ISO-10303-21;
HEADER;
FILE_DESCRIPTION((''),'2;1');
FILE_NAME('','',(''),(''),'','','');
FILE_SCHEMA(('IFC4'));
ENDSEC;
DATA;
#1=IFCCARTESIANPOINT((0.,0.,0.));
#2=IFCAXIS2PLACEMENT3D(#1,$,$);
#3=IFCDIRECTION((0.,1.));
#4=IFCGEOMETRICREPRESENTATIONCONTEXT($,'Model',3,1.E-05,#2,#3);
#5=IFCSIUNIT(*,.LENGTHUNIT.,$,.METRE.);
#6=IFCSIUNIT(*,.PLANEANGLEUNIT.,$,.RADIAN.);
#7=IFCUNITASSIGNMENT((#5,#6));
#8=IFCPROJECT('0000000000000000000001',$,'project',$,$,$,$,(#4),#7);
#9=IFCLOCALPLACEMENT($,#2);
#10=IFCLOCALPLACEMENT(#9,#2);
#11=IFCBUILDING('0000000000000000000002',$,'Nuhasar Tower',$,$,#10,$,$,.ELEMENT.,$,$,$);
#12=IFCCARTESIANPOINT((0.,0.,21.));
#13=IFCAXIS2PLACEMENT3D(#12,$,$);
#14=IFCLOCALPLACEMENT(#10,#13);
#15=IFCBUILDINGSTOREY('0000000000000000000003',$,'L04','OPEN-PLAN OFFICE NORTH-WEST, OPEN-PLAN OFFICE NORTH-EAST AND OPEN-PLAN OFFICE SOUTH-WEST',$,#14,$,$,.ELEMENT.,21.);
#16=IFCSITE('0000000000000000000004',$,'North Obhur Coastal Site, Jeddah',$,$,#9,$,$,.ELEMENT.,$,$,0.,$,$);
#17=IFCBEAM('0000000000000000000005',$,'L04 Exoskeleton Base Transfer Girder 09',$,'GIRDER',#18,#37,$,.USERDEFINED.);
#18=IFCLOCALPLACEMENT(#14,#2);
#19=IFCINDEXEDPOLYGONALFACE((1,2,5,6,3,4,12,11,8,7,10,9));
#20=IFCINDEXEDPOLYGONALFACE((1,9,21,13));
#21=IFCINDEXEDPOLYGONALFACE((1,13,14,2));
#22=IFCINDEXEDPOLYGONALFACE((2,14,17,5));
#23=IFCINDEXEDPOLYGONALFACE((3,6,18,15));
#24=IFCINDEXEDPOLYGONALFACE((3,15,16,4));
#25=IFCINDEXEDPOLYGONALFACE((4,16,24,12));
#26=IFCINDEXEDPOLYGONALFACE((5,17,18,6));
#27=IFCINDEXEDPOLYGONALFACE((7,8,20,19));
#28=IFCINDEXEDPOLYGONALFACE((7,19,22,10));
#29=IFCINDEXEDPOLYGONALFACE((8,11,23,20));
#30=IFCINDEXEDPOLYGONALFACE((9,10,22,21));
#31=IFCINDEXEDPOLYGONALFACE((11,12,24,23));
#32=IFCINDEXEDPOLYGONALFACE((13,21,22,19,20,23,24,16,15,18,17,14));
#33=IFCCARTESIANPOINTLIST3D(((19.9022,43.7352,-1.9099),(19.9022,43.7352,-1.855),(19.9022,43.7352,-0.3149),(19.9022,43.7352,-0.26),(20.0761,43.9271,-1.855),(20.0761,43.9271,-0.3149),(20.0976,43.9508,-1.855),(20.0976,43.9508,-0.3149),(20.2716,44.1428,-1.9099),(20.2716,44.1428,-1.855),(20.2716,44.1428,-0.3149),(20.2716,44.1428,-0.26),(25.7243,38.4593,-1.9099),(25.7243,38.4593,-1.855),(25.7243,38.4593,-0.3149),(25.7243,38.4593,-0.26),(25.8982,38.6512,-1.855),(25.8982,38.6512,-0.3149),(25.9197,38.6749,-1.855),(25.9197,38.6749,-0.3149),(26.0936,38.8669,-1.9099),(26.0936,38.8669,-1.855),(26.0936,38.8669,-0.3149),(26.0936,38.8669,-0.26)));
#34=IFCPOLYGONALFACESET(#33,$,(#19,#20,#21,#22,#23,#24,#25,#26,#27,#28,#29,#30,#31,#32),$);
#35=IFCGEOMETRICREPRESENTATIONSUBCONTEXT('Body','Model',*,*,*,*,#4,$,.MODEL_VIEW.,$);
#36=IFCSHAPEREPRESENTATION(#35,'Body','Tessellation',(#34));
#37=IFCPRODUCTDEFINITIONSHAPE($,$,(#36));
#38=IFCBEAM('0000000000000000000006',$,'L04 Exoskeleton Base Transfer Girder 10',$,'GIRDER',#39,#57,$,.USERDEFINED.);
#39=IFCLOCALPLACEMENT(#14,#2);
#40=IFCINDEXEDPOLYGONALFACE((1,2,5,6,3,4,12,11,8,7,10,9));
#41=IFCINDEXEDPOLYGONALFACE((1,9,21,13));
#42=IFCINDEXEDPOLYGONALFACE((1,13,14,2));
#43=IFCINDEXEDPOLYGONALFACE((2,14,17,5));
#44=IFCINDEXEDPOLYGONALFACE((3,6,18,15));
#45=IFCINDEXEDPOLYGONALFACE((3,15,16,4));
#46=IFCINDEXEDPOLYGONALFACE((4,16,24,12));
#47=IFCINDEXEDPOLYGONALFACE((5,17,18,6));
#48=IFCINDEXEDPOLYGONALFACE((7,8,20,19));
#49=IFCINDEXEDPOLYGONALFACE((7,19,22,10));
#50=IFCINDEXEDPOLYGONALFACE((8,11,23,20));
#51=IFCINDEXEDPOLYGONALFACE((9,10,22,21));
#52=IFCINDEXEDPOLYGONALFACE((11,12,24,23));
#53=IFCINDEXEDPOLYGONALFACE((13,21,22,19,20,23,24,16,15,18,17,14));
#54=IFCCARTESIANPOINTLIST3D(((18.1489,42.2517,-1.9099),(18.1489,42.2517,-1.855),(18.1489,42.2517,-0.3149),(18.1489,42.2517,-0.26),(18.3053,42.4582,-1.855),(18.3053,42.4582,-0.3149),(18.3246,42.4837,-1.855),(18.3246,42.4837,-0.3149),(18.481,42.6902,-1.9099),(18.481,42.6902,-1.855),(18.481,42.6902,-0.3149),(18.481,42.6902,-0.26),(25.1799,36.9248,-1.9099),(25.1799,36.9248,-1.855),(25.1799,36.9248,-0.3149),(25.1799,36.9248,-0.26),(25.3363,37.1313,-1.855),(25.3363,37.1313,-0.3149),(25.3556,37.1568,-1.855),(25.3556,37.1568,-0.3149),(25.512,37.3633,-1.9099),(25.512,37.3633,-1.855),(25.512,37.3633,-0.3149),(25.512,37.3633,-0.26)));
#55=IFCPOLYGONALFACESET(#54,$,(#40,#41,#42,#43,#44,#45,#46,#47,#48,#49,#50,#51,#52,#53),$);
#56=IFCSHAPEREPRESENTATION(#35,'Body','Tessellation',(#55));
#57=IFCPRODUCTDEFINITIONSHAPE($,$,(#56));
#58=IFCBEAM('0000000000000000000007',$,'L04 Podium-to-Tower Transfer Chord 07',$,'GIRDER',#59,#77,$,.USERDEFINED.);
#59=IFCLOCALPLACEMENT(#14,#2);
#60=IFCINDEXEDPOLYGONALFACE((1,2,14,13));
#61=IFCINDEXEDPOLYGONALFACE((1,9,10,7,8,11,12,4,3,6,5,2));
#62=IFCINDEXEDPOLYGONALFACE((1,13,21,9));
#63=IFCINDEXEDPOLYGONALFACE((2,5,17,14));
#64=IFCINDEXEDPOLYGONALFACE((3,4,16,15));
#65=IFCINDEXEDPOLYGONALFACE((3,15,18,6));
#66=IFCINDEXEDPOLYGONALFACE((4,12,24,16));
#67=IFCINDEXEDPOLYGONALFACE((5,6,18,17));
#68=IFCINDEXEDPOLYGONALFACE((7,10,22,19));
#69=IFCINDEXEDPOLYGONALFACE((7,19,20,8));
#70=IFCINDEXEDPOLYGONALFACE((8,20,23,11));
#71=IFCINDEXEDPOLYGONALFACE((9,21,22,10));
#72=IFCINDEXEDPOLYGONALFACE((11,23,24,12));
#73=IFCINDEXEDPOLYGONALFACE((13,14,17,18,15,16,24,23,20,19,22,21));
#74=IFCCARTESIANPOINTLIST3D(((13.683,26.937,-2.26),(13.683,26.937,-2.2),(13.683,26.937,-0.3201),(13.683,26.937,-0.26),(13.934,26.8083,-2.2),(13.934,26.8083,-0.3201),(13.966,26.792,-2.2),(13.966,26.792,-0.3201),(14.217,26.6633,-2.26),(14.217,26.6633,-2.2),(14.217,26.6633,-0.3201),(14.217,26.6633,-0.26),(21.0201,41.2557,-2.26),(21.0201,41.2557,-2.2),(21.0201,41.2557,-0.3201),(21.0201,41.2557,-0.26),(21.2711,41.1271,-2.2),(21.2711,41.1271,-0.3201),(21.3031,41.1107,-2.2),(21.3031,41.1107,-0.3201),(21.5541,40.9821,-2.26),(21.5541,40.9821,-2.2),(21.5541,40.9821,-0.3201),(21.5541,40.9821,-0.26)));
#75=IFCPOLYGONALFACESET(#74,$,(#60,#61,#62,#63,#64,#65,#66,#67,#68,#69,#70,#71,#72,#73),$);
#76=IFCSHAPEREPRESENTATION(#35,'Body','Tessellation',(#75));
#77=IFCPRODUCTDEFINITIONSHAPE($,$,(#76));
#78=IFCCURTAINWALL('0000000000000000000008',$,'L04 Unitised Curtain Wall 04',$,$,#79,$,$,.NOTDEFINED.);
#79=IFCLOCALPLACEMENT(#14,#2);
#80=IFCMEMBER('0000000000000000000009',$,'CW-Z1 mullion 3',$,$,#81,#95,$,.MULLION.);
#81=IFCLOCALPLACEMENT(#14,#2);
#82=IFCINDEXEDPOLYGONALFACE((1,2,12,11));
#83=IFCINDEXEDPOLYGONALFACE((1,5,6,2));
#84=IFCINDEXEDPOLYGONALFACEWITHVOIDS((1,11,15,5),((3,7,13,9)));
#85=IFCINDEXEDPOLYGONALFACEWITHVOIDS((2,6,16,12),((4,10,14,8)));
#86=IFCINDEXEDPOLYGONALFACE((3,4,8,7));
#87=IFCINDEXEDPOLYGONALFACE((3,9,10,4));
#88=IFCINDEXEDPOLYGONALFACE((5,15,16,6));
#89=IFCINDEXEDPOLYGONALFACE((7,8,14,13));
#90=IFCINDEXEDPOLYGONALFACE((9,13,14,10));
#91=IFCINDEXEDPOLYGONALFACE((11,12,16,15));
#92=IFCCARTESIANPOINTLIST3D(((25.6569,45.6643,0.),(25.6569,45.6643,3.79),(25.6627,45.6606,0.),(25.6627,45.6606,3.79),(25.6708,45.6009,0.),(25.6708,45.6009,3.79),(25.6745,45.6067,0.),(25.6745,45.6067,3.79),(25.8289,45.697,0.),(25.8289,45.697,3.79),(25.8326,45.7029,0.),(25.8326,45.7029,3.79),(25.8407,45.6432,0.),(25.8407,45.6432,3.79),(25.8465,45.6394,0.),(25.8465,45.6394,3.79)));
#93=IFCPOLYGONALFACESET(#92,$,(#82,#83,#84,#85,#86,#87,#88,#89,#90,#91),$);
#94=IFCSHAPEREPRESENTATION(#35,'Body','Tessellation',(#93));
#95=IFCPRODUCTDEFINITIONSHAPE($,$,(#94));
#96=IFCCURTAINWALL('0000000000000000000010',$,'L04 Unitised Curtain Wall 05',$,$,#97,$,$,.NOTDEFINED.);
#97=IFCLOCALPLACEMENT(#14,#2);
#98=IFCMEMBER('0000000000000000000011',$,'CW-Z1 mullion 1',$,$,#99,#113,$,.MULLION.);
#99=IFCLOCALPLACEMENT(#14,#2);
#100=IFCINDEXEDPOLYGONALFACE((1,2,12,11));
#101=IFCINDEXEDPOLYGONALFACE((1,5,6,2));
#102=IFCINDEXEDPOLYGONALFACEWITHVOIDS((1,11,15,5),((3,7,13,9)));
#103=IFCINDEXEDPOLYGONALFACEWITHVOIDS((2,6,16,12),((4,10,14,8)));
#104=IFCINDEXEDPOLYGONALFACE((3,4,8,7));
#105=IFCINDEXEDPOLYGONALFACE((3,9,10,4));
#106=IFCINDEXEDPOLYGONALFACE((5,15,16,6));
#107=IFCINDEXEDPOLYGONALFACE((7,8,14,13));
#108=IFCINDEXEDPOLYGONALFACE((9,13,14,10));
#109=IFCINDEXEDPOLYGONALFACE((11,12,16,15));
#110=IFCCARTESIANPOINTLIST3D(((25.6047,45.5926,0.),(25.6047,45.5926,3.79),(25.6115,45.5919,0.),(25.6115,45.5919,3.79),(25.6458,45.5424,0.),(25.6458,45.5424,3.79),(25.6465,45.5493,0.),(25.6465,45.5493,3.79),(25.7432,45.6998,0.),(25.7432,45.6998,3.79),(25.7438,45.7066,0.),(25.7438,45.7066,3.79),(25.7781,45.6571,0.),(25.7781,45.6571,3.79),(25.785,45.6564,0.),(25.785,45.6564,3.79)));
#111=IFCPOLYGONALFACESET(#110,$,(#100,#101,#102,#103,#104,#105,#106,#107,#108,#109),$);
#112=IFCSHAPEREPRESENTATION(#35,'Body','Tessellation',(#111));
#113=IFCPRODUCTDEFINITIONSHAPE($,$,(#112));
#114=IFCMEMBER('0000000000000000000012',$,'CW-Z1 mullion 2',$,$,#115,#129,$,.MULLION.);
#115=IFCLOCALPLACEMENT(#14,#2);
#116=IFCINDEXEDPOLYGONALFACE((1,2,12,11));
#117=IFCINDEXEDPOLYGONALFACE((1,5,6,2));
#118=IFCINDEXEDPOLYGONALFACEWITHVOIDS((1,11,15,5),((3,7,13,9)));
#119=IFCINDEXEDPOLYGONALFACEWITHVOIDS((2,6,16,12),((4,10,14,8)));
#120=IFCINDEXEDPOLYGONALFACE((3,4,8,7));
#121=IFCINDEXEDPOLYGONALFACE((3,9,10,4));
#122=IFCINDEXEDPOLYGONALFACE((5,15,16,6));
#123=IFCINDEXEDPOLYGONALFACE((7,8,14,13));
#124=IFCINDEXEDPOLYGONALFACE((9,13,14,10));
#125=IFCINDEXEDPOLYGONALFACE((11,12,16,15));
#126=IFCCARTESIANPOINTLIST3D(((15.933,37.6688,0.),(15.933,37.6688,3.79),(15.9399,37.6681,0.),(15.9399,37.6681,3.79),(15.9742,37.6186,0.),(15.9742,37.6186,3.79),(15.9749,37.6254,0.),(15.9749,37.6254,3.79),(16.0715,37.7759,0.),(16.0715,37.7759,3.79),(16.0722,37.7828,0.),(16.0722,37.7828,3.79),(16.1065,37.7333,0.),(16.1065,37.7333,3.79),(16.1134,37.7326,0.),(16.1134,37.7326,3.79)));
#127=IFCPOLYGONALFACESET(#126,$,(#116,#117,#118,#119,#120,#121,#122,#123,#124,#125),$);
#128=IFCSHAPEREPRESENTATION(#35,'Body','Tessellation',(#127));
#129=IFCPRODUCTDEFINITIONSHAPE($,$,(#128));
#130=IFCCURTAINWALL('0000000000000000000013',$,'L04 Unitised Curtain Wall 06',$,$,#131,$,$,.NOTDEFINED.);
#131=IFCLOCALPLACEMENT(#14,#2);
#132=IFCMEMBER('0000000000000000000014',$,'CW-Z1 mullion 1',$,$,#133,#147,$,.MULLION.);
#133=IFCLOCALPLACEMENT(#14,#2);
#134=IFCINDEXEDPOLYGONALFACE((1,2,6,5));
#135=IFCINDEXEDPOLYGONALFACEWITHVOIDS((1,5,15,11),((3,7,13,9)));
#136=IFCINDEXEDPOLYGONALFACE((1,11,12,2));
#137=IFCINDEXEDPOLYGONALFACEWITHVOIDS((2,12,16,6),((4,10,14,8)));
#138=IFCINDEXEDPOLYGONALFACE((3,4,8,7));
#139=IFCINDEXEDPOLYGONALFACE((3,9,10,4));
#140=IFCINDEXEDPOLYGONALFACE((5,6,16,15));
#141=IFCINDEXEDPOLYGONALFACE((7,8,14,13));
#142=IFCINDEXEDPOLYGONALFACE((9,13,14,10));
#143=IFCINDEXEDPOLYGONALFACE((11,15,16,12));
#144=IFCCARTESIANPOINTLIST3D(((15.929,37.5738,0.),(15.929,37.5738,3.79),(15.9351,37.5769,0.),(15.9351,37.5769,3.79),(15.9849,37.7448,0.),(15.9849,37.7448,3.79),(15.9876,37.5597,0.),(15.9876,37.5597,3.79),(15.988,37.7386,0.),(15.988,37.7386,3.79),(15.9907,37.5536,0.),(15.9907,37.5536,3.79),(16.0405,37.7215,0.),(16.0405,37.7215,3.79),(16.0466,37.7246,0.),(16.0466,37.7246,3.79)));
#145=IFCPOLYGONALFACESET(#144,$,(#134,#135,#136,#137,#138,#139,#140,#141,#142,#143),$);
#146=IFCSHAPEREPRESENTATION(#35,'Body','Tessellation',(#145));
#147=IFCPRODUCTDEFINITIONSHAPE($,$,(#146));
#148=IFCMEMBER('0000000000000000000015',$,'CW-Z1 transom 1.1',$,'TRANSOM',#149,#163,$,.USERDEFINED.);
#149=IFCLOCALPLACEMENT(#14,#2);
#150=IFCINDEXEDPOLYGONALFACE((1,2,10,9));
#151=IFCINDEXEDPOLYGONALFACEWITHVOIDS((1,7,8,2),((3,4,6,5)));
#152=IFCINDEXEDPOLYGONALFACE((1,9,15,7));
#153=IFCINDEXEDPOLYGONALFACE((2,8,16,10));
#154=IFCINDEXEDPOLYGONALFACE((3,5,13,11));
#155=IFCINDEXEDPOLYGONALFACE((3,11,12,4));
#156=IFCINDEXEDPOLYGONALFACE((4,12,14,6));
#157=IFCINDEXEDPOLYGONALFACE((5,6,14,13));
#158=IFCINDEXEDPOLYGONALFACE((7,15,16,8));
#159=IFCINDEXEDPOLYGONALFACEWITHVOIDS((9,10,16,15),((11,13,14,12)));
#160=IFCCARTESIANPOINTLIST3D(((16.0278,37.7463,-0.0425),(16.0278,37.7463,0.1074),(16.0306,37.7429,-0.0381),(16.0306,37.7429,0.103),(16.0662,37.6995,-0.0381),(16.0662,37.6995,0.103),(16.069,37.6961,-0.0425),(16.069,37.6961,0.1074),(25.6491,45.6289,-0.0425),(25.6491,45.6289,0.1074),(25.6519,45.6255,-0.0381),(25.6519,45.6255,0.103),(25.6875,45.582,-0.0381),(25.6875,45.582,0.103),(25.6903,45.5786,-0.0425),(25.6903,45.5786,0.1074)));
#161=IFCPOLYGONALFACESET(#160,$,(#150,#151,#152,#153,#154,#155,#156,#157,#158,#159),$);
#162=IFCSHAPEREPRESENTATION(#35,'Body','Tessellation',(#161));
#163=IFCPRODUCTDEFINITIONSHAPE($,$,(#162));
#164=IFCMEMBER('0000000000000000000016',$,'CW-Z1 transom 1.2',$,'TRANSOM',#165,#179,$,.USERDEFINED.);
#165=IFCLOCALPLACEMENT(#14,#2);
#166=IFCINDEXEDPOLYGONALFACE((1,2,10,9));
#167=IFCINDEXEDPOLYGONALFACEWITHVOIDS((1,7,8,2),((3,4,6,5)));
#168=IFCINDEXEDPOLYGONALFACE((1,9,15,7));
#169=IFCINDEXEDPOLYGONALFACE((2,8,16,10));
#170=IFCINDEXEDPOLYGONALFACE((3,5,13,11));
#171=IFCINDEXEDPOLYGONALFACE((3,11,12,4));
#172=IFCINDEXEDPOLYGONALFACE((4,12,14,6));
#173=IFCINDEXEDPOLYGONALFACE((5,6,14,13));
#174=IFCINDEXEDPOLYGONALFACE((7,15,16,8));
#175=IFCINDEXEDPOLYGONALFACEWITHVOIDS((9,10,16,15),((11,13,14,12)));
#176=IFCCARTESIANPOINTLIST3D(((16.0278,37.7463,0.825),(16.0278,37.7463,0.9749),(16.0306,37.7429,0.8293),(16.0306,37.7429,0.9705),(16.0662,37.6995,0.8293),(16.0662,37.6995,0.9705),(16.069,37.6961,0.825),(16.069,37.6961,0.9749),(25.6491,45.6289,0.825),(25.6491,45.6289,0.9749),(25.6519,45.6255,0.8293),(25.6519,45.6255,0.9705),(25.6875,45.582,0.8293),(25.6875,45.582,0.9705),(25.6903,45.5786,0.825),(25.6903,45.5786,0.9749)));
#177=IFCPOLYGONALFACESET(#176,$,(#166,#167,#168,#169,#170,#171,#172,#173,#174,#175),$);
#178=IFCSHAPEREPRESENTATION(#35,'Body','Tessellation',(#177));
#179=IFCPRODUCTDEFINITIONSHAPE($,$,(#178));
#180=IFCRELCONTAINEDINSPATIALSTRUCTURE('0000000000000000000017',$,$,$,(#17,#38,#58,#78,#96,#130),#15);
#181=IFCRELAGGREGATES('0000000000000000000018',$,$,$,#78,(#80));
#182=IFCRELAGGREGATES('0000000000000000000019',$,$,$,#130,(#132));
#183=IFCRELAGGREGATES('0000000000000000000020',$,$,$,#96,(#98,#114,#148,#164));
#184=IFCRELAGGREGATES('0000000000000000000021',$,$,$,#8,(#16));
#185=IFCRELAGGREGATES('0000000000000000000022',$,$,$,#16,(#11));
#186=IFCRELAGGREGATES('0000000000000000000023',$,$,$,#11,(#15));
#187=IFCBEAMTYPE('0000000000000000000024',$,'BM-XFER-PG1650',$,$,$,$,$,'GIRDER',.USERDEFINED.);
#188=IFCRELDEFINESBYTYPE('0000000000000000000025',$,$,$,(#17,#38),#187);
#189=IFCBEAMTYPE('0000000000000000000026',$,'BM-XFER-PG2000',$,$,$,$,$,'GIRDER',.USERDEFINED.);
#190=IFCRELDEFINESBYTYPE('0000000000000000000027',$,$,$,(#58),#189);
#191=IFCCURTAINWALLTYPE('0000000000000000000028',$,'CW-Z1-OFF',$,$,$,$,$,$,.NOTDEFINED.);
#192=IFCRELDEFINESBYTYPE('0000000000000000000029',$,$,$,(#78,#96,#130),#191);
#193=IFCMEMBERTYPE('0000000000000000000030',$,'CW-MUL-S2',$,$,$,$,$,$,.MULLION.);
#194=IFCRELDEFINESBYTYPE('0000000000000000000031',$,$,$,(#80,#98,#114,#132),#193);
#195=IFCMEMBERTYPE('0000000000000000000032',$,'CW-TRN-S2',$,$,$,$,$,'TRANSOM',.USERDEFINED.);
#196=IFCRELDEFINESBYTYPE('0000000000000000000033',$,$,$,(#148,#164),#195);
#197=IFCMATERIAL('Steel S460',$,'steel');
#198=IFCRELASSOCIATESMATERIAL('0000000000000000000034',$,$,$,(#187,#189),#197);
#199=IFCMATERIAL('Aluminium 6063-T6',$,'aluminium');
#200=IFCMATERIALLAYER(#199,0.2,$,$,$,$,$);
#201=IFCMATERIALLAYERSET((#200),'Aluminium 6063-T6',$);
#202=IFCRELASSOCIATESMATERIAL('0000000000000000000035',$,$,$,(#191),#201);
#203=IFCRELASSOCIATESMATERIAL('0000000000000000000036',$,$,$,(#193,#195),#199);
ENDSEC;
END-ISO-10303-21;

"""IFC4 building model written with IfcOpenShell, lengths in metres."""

from ifc_helpers import new_model, si_unit, direction, frame, origin, origin_2d, place, context, subcontext, project, spatial, hollow_rectangle, i_section, extrude, material, layer, layer_set, material_profile, profile_set, type_object, element, aggregate, save


model = new_model("IFC4")

# Units and contexts
model_context = context("Model", 3, precision=1e-05, world=origin(), true_north=direction((0.0, 1.0)))
body_context = subcontext(model_context, "Body", "Model", "MODEL_VIEW")
ifc_project = project(units=[si_unit("LENGTHUNIT", "METRE"), si_unit("PLANEANGLEUNIT", "RADIAN")], contexts=[model_context])

# Site, building, storey
site_placement = place(None, origin())
site = spatial("IfcSite", under=ifc_project, at=site_placement, Name="North Obhur Coastal Site, Jeddah", CompositionType="ELEMENT", RefElevation=0.0)
building_placement = place(site_placement, origin())
building = spatial("IfcBuilding", under=site, at=building_placement, Name="Nuhasar Tower", CompositionType="ELEMENT")
storey_placement = place(building_placement, frame((0.0, 0.0, 21.0)))
storey = spatial("IfcBuildingStorey", under=building, at=storey_placement, Name="L04", Description="OPEN-PLAN OFFICE NORTH-WEST, OPEN-PLAN OFFICE NORTH-EAST AND OPEN-PLAN OFFICE SOUTH-WEST", CompositionType="ELEMENT", Elevation=21.0)

# Beams
ifc_material_1 = material(Name="Steel S460", Category="steel")
ifc_material_profile_1 = material_profile(ifc_material_1, i_section(OverallWidth=0.55, OverallDepth=1.6499, WebThickness=0.032, FlangeThickness=0.0549, at=origin_2d()), Name="PG1650X550")
ifc_profile_set_1 = profile_set([ifc_material_profile_1], Name="Steel S460")
beam_type_1 = type_object("IfcBeamType", Name="BM-XFER-PG1650", ElementType="GIRDER", PredefinedType="USERDEFINED", material=ifc_profile_set_1)
beam_1_placement = place(storey_placement, frame((25.9089, 38.6631, -1.085), z_axis=(-0.741008, 0.671496, 0.0), x_axis=(-0.671496, -0.741008, 0.0)))
element("IfcBeam", 1, at=beam_1_placement, inside=storey, type_object=beam_type_1, Name="L04 Exoskeleton Base Transfer Girder 09", ObjectType="GIRDER", PredefinedType="USERDEFINED", context=body_context, shape_type="SweptSolid", body=[
    extrude(i_section(OverallWidth=0.55, OverallDepth=1.6499, WebThickness=0.032, FlangeThickness=0.0549, at=origin_2d()), origin(), (0.0, 0.0, 1.0), 7.8569),
])
beam_2_placement = place(storey_placement, frame((25.3459, 37.144, -1.085), z_axis=(-0.797071, 0.603885, 0.0), x_axis=(-0.603885, -0.797071, 0.0)))
element("IfcBeam", 2, at=beam_2_placement, inside=storey, type_object=beam_type_1, Name="L04 Exoskeleton Base Transfer Girder 10", ObjectType="GIRDER", PredefinedType="USERDEFINED", context=body_context, shape_type="SweptSolid", body=[
    extrude(i_section(OverallWidth=0.55, OverallDepth=1.6499, WebThickness=0.032, FlangeThickness=0.0549, at=origin_2d()), origin(), (0.0, 0.0, 1.0), 8.821),
])
ifc_material_profile_2 = material_profile(ifc_material_1, i_section(OverallWidth=0.6001, OverallDepth=2.0, WebThickness=0.0359, FlangeThickness=0.0601, at=origin_2d()), Name="PG2000X600")
ifc_profile_set_2 = profile_set([ifc_material_profile_2], Name="Steel S460")
beam_type_2 = type_object("IfcBeamType", Name="BM-XFER-PG2000", ElementType="GIRDER", PredefinedType="USERDEFINED", material=ifc_profile_set_2)
beam_3_placement = place(storey_placement, frame((21.2871, 41.1189, -1.26), z_axis=(-0.456029, -0.889965, 0.0), x_axis=(0.889965, -0.456029, 0.0)))
element("IfcBeam", 3, at=beam_3_placement, inside=storey, type_object=beam_type_2, Name="L04 Podium-to-Tower Transfer Chord 07", ObjectType="GIRDER", PredefinedType="USERDEFINED", context=body_context, shape_type="SweptSolid", body=[
    extrude(i_section(OverallWidth=0.6001, OverallDepth=2.0, WebThickness=0.0359, FlangeThickness=0.0601, at=origin_2d()), origin(), (0.0, 0.0, 1.0), 16.0891),
])

# Curtain wall, member
ifc_material_2 = material(Name="Aluminium 6063-T6", Category="aluminium")
ifc_layer_1 = layer(ifc_material_2, 0.2)
ifc_layer_set_1 = layer_set([ifc_layer_1], Name="Aluminium 6063-T6")
curtain_wall_type = type_object("IfcCurtainWallType", Name="CW-Z1-OFF", PredefinedType="NOTDEFINED", material=ifc_layer_set_1)
curtain_wall_1_placement = place(storey_placement, origin())
curtain_wall_1 = element("IfcCurtainWall", 4, at=curtain_wall_1_placement, inside=storey, type_object=curtain_wall_type, Name="L04 Unitised Curtain Wall 04", PredefinedType="NOTDEFINED")
ifc_material_profile_3 = material_profile(ifc_material_2, hollow_rectangle(XDim=0.0649, YDim=0.1799, WallThickness=0.0049, at=origin_2d()), Name="CWM-2")
ifc_profile_set_3 = profile_set([ifc_material_profile_3], Name="Aluminium 6063-T6")
member_type_1 = type_object("IfcMemberType", Name="CW-MUL-S2", PredefinedType="MULLION", material=ifc_profile_set_3)
member_1_placement = place(storey_placement, frame((25.7517, 45.6519, 0.0), z_axis=(0.0, 0.0, 1.0), x_axis=(0.214399, -0.976746, 0.0)))
member_1 = element("IfcMember", 5, at=member_1_placement, type_object=member_type_1, Name="CW-Z1 mullion 3", PredefinedType="MULLION", context=body_context, shape_type="SweptSolid", body=[
    extrude(hollow_rectangle(XDim=0.0649, YDim=0.1799, WallThickness=0.0049, at=origin_2d()), origin(), (0.0, 0.0, 1.0), 3.79),
])
aggregate(curtain_wall_1, [member_1])

# Curtain wall, members
curtain_wall_2_placement = place(storey_placement, origin())
curtain_wall_2 = element("IfcCurtainWall", 6, at=curtain_wall_2_placement, inside=storey, type_object=curtain_wall_type, Name="L04 Unitised Curtain Wall 05", PredefinedType="NOTDEFINED")
member_2_placement = place(storey_placement, frame((25.6948, 45.6245, 0.0), z_axis=(0.0, 0.0, 1.0), x_axis=(0.633745, -0.773542, 0.0)))
member_2 = element("IfcMember", 7, at=member_2_placement, type_object=member_type_1, Name="CW-Z1 mullion 1", PredefinedType="MULLION", context=body_context, shape_type="SweptSolid", body=[
    extrude(hollow_rectangle(XDim=0.0649, YDim=0.1799, WallThickness=0.0049, at=origin_2d()), origin(), (0.0, 0.0, 1.0), 3.79),
])
member_3_placement = place(storey_placement, frame((16.0232, 37.7007, 0.0), z_axis=(0.0, 0.0, 1.0), x_axis=(0.633745, -0.773542, 0.0)))
member_3 = element("IfcMember", 8, at=member_3_placement, type_object=member_type_1, Name="CW-Z1 mullion 2", PredefinedType="MULLION", context=body_context, shape_type="SweptSolid", body=[
    extrude(hollow_rectangle(XDim=0.0649, YDim=0.1799, WallThickness=0.0049, at=origin_2d()), origin(), (0.0, 0.0, 1.0), 3.79),
])

# Curtain wall, member
curtain_wall_3_placement = place(storey_placement, origin())
curtain_wall_3 = element("IfcCurtainWall", 9, at=curtain_wall_3_placement, inside=storey, type_object=curtain_wall_type, Name="L04 Unitised Curtain Wall 06", PredefinedType="NOTDEFINED")
member_4_placement = place(storey_placement, frame((15.9878, 37.6492, 0.0), z_axis=(0.0, 0.0, 1.0), x_axis=(0.950468, -0.310824, 0.0)))
member_4 = element("IfcMember", 10, at=member_4_placement, type_object=member_type_1, Name="CW-Z1 mullion 1", PredefinedType="MULLION", context=body_context, shape_type="SweptSolid", body=[
    extrude(hollow_rectangle(XDim=0.0649, YDim=0.1799, WallThickness=0.0049, at=origin_2d()), origin(), (0.0, 0.0, 1.0), 3.79),
])

# Members
ifc_material_profile_4 = material_profile(ifc_material_2, hollow_rectangle(XDim=0.0649, YDim=0.1499, WallThickness=0.0044, at=origin_2d()), Name="CWT-2")
ifc_profile_set_4 = profile_set([ifc_material_profile_4], Name="Aluminium 6063-T6")
member_type_2 = type_object("IfcMemberType", Name="CW-TRN-S2", ElementType="TRANSOM", PredefinedType="USERDEFINED", material=ifc_profile_set_4)
member_5_placement = place(storey_placement, frame((25.6697, 45.6038, 0.0325), z_axis=(-0.773541, -0.633746, 0.0), x_axis=(0.633746, -0.773541, 0.0)))
member_5 = element("IfcMember", 11, at=member_5_placement, type_object=member_type_2, Name="CW-Z1 transom 1.1", ObjectType="TRANSOM", PredefinedType="USERDEFINED", context=body_context, shape_type="SweptSolid", body=[
    extrude(hollow_rectangle(XDim=0.0649, YDim=0.1499, WallThickness=0.0044, at=origin_2d()), origin(), (0.0, 0.0, 1.0), 12.438),
])
member_6_placement = place(storey_placement, frame((25.6697, 45.6038, 0.8999), z_axis=(-0.773541, -0.633746, 0.0), x_axis=(0.633746, -0.773541, 0.0)))
member_6 = element("IfcMember", 12, at=member_6_placement, type_object=member_type_2, Name="CW-Z1 transom 1.2", ObjectType="TRANSOM", PredefinedType="USERDEFINED", context=body_context, shape_type="SweptSolid", body=[
    extrude(hollow_rectangle(XDim=0.0649, YDim=0.1499, WallThickness=0.0044, at=origin_2d()), origin(), (0.0, 0.0, 1.0), 12.438),
])
aggregate(curtain_wall_3, [member_4])

aggregate(curtain_wall_2, [member_2, member_3, member_5, member_6])

save(model, "model.ifc")
